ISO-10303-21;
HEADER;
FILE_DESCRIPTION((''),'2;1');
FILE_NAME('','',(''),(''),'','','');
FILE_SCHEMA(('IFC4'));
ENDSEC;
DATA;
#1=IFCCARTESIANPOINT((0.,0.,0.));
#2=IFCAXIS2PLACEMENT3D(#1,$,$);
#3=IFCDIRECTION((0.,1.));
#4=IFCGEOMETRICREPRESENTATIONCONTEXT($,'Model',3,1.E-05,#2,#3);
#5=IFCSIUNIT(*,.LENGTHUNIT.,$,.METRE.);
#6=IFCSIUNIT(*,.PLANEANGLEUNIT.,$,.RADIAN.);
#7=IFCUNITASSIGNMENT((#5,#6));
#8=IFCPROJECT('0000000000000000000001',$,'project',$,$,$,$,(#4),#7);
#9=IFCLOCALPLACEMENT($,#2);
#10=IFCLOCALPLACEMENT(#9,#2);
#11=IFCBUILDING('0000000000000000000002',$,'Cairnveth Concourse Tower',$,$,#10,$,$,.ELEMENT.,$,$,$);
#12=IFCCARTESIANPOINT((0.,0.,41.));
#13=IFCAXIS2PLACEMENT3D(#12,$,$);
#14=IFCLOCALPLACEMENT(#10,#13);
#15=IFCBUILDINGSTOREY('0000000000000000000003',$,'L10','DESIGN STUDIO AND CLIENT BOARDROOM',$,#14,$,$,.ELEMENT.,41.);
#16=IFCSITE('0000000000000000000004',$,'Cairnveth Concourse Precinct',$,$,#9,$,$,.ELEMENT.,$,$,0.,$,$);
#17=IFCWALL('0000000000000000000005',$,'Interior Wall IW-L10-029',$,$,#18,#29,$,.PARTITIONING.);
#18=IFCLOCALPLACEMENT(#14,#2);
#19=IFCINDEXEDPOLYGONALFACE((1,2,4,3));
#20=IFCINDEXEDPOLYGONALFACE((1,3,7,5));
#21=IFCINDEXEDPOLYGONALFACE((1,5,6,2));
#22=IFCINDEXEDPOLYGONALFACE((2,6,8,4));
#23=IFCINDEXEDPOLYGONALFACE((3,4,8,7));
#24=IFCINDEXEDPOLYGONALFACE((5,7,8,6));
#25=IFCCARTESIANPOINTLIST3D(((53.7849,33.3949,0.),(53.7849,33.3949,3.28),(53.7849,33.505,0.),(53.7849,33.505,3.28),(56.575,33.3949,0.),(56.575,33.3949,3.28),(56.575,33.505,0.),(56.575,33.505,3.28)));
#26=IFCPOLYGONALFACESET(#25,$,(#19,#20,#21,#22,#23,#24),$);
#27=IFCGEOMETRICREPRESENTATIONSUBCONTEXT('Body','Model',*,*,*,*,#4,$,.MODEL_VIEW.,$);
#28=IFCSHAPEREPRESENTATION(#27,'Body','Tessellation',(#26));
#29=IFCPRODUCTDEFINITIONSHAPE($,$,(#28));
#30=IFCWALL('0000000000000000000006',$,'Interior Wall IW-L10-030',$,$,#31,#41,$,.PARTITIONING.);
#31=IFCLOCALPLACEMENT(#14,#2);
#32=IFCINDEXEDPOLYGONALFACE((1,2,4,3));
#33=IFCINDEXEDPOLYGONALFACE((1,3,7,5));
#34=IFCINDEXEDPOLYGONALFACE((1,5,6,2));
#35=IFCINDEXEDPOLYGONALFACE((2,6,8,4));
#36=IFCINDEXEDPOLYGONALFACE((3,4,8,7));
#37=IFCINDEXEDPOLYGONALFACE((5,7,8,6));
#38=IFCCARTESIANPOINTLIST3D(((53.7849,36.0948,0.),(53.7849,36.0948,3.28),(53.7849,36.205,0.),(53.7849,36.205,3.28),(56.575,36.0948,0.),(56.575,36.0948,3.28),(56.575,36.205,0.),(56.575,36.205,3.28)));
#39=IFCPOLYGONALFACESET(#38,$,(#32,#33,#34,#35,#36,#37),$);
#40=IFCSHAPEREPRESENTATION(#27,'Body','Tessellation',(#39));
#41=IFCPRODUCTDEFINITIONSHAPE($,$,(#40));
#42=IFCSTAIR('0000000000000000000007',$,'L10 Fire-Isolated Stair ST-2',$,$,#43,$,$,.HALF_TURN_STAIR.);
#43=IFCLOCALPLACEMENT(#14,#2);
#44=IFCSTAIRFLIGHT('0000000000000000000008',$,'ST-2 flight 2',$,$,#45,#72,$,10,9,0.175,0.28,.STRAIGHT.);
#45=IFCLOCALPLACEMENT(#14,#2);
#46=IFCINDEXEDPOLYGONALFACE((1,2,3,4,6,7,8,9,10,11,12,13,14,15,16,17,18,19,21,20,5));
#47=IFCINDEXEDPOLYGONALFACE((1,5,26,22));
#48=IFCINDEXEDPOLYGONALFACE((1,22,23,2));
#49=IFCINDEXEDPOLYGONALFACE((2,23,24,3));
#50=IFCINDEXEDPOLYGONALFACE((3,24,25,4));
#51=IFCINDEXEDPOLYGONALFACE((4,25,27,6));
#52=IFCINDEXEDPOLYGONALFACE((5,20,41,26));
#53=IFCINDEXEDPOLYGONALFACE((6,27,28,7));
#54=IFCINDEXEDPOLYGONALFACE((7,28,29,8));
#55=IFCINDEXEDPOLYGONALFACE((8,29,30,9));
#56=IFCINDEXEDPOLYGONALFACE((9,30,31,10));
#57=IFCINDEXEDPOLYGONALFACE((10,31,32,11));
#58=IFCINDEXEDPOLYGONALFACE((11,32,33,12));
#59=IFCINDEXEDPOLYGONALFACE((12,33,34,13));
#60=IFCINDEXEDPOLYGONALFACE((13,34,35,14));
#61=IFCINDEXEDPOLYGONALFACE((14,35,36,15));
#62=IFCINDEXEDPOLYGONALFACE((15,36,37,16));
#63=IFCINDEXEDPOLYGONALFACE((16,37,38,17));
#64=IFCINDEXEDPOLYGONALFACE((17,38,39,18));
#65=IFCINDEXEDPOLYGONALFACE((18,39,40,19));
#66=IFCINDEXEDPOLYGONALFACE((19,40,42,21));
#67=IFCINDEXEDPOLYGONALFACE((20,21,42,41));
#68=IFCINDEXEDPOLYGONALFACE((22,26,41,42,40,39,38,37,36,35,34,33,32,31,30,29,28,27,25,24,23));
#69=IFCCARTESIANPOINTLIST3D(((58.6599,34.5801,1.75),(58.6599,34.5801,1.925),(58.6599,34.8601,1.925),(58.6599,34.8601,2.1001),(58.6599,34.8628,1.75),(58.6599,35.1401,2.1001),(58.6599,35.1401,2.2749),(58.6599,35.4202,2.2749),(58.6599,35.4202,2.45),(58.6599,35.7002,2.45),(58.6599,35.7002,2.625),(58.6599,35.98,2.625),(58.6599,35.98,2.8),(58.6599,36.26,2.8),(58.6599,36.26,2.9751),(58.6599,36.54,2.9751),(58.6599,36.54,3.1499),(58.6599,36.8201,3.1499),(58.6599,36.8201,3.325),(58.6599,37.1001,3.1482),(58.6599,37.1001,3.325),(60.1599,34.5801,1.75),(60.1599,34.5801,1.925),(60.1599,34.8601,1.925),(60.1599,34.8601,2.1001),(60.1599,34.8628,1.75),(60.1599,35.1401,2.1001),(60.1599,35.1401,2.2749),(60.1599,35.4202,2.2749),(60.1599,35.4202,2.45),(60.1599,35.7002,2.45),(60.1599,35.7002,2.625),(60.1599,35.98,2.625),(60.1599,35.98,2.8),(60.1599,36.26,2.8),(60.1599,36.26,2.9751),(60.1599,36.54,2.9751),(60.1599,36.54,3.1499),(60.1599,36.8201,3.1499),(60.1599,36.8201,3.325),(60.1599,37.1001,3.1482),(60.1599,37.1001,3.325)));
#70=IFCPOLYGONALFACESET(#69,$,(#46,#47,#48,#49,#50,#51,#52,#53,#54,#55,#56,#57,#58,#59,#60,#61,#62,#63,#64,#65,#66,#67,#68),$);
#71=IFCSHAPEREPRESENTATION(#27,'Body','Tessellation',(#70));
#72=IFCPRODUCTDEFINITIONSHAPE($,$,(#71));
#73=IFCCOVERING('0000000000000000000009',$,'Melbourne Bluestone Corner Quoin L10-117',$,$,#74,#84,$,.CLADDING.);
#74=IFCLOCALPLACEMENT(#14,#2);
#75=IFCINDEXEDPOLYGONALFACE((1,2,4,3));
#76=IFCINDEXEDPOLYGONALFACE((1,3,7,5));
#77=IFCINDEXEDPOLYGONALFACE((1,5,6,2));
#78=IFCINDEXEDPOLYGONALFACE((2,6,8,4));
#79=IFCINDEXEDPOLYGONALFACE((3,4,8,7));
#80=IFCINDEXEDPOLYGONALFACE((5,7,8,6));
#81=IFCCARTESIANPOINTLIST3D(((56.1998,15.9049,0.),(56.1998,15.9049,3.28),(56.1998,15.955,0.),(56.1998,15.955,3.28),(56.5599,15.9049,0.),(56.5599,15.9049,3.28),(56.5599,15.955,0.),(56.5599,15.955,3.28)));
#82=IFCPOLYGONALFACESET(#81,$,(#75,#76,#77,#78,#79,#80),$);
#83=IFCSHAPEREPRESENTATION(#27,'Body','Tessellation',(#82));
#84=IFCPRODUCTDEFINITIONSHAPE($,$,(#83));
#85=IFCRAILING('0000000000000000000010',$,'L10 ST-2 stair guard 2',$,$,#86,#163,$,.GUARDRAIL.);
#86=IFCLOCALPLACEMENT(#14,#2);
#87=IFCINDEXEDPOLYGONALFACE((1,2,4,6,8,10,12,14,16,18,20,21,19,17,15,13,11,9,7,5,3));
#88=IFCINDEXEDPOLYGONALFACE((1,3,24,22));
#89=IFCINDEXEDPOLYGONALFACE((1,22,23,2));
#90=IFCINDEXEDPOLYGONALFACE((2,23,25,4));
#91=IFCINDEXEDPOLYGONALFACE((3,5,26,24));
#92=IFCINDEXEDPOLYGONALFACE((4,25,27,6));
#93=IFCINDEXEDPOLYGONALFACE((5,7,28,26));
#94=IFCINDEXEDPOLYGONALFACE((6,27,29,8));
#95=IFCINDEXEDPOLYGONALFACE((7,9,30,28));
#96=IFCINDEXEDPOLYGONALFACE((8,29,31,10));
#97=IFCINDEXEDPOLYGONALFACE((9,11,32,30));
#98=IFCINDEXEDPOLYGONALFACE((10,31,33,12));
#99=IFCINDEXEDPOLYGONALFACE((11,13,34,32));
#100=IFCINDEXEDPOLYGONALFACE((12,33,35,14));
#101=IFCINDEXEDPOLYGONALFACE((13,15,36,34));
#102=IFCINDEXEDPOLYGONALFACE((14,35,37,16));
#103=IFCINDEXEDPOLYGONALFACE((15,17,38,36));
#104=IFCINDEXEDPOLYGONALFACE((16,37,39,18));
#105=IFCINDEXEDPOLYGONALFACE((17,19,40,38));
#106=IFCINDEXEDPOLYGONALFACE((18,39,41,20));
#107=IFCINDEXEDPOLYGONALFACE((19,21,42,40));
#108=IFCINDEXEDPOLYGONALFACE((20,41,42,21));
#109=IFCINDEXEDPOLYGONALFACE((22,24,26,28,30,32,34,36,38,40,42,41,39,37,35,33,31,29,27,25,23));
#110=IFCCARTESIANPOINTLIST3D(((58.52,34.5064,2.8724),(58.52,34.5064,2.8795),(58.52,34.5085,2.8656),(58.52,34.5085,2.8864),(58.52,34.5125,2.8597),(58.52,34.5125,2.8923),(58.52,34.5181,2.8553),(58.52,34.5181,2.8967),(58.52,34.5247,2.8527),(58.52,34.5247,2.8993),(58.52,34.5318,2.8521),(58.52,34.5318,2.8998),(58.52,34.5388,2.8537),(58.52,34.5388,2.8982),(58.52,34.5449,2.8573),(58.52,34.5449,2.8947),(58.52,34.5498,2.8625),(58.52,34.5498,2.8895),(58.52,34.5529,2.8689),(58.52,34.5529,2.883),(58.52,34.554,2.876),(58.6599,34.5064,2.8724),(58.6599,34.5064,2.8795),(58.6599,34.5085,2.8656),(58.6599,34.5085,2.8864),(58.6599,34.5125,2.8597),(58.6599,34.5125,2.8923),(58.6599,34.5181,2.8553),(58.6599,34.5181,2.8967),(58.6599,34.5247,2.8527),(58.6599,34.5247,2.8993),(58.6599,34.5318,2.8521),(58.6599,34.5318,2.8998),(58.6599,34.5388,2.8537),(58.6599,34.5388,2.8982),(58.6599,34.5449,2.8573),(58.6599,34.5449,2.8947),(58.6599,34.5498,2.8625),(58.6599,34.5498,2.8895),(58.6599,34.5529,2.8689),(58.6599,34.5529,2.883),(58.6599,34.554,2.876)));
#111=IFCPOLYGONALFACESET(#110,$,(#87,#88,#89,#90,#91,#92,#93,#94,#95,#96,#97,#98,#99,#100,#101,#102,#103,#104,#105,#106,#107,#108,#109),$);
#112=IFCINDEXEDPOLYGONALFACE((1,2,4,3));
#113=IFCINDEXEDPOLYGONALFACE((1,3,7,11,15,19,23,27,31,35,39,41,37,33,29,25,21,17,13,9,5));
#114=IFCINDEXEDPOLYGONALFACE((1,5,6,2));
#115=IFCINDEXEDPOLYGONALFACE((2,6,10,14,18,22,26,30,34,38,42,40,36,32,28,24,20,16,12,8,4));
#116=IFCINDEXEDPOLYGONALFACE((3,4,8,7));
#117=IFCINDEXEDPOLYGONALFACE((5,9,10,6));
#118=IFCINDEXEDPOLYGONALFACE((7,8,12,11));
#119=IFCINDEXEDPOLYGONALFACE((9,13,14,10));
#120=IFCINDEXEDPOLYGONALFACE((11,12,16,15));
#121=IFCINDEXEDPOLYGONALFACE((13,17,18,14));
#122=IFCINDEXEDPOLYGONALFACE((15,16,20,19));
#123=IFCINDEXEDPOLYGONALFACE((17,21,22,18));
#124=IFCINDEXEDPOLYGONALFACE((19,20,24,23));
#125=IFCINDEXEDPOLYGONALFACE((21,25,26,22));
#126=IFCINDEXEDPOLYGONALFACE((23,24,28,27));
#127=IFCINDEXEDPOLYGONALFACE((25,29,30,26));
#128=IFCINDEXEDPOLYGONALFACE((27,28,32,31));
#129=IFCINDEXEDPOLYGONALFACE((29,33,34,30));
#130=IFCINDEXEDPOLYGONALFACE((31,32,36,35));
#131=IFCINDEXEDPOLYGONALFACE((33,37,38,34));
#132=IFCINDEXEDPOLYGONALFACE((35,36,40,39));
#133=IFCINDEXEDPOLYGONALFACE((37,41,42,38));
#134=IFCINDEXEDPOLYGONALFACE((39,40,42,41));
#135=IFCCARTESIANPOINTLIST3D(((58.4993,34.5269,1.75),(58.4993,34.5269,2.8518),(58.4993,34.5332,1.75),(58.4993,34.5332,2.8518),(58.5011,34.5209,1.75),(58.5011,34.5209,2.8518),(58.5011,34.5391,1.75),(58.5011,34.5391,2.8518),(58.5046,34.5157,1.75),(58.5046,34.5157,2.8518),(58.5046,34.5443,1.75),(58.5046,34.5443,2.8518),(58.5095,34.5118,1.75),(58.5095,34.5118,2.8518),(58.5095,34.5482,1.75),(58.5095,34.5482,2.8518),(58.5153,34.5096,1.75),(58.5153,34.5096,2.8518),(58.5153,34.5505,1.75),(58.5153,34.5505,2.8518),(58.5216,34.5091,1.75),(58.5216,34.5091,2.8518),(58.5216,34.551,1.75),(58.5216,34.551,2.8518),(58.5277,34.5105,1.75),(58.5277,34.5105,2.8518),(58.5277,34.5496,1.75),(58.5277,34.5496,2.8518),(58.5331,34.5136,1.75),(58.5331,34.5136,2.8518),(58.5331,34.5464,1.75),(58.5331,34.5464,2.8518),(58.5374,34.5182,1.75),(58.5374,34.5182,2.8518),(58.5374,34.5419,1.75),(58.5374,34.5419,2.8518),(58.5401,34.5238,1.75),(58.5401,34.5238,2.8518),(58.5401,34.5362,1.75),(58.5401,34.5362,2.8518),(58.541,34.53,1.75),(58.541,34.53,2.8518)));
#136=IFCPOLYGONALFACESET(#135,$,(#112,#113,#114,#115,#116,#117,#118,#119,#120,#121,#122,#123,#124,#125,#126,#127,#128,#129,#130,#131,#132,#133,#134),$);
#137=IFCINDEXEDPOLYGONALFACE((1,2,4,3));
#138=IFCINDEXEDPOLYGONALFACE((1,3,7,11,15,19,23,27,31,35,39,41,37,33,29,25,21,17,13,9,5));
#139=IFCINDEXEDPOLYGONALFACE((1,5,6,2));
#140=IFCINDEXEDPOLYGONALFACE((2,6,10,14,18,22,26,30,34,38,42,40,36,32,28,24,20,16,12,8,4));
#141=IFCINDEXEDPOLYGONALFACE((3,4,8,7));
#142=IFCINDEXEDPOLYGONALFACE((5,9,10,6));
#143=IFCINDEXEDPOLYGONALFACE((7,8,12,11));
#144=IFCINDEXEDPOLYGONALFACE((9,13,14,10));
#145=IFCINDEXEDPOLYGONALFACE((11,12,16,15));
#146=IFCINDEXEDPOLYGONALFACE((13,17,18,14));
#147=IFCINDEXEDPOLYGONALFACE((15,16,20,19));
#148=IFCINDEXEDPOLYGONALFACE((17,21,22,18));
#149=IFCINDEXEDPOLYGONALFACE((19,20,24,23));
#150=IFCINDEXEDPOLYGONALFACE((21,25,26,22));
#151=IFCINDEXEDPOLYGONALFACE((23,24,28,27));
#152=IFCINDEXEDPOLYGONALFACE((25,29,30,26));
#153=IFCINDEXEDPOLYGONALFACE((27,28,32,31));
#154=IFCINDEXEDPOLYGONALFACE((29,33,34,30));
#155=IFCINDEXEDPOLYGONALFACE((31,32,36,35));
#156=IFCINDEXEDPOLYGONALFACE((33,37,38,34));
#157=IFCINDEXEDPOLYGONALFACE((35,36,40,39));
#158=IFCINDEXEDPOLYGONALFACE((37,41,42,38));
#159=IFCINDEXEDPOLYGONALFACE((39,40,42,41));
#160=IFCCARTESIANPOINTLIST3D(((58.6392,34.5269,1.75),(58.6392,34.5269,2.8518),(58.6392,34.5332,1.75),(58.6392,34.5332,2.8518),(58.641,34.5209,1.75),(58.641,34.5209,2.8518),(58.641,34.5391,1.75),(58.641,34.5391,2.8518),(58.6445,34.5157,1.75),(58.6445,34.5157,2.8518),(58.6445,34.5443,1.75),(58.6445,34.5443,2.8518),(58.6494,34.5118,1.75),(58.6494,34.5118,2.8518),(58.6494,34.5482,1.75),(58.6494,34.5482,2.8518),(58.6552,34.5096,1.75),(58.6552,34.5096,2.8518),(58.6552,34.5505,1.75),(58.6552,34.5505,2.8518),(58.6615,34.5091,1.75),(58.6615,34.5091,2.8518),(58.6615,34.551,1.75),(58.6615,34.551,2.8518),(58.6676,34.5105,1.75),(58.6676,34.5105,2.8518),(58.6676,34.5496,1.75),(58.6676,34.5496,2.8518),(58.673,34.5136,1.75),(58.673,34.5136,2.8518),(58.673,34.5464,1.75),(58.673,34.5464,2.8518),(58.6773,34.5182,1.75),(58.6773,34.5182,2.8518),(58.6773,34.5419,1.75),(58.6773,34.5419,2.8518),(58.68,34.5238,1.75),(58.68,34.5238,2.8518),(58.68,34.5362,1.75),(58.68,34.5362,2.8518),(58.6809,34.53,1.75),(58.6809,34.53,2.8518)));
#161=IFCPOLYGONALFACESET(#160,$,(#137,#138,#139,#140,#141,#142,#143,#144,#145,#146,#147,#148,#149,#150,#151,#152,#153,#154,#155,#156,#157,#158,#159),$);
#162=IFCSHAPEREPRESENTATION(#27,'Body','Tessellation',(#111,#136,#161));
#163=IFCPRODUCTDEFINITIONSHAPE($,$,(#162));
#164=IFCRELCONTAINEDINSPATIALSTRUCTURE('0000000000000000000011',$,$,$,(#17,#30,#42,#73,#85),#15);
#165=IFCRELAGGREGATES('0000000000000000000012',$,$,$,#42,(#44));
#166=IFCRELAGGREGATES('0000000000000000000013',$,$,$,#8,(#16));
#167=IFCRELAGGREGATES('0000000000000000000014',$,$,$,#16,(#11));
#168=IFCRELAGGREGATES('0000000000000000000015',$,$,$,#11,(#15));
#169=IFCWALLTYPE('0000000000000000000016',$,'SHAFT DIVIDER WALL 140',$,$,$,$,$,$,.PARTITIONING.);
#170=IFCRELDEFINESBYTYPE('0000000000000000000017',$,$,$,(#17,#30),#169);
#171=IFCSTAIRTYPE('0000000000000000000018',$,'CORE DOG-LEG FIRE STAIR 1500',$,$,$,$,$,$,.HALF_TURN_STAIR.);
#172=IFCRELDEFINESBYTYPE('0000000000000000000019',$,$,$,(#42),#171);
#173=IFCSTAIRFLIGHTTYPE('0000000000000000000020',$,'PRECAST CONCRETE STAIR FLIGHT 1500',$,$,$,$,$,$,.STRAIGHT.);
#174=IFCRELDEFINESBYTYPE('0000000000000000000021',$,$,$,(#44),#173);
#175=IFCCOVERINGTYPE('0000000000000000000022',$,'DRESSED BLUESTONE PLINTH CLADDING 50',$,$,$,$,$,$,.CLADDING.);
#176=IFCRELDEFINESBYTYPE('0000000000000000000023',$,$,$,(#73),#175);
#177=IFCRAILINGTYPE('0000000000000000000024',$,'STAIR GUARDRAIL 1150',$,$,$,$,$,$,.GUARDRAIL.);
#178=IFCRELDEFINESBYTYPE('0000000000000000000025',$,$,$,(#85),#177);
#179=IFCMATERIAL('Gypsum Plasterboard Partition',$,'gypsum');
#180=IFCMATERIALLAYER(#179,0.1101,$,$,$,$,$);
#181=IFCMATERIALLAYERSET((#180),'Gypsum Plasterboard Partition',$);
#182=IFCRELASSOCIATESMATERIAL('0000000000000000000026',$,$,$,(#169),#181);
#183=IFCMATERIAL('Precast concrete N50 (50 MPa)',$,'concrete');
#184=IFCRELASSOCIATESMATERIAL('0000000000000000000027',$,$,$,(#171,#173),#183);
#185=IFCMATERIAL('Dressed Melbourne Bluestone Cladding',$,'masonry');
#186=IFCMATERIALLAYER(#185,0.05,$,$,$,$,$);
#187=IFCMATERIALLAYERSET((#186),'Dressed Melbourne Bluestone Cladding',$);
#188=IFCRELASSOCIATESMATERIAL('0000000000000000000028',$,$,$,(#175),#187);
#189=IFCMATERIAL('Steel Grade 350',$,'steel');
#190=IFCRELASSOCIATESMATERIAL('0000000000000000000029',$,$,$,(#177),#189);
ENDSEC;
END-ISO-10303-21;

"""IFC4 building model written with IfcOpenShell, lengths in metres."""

from ifc_helpers import new_model, si_unit, direction, frame, frame_2d, origin, origin_2d, place, context, subcontext, project, spatial, polyline, rectangle, circle, outline, extrude, material, layer, layer_set, type_object, element, aggregate, save


model = new_model("IFC4")

# Units and contexts
model_context = context("Model", 3, precision=1e-05, world=origin(), true_north=direction((0.0, 1.0)))
body_context = subcontext(model_context, "Body", "Model", "MODEL_VIEW")
ifc_project = project(units=[si_unit("LENGTHUNIT", "METRE"), si_unit("PLANEANGLEUNIT", "RADIAN")], contexts=[model_context])

# Site, building, storey
site_placement = place(None, origin())
site = spatial("IfcSite", under=ifc_project, at=site_placement, Name="Cairnveth Concourse Precinct", CompositionType="ELEMENT", RefElevation=0.0)
building_placement = place(site_placement, origin())
building = spatial("IfcBuilding", under=site, at=building_placement, Name="Cairnveth Concourse Tower", CompositionType="ELEMENT")
storey_placement = place(building_placement, frame((0.0, 0.0, 41.0)))
storey = spatial("IfcBuildingStorey", under=building, at=storey_placement, Name="L10", Description="DESIGN STUDIO AND CLIENT BOARDROOM", CompositionType="ELEMENT", Elevation=41.0)

# Shared definitions
ifc_material_1 = material(Name="Steel Grade 350", Category="steel")

# Walls
ifc_material_2 = material(Name="Gypsum Plasterboard Partition", Category="gypsum")
ifc_layer_1 = layer(ifc_material_2, 0.1101)
ifc_layer_set_1 = layer_set([ifc_layer_1], Name="Gypsum Plasterboard Partition")
wall_type_1 = type_object("IfcWallType", Name="SHAFT DIVIDER WALL 140", PredefinedType="PARTITIONING", material=ifc_layer_set_1)
for number, where, z_axis, x_axis, name in (
    (1, (53.7849, 33.45, 0.0), (0.0, 0.0, 1.0), (1.0, 0.0, 0.0), "Interior Wall IW-L10-029"),
    (2, (53.7849, 36.1499, 0.0), (0.0, 0.0, 1.0), (1.0, 0.0, 0.0), "Interior Wall IW-L10-030"),
):
    element("IfcWall", number, at=place(storey_placement, frame(where, z_axis=z_axis, x_axis=x_axis)), inside=storey, type_object=wall_type_1, Name=name, PredefinedType="PARTITIONING", context=body_context, shape_type="SweptSolid", body=[
        extrude(rectangle(XDim=2.79, YDim=0.1101, at=frame_2d((1.395, 0.0))), origin(), (0.0, 0.0, 1.0), 3.28),
    ])

# Stair, stair flight
ifc_material_3 = material(Name="Precast concrete N50 (50 MPa)", Category="concrete")
stair_type = type_object("IfcStairType", Name="CORE DOG-LEG FIRE STAIR 1500", PredefinedType="HALF_TURN_STAIR", material=ifc_material_3)
stair_placement = place(storey_placement, origin())
stair = element("IfcStair", 3, at=stair_placement, inside=storey, type_object=stair_type, Name="L10 Fire-Isolated Stair ST-2", PredefinedType="HALF_TURN_STAIR")
stair_flight_type = type_object("IfcStairFlightType", Name="PRECAST CONCRETE STAIR FLIGHT 1500", PredefinedType="STRAIGHT", material=ifc_material_3)
stair_flight_placement = place(storey_placement, frame((59.4099, 34.5801, 1.75), z_axis=(0.0, 0.0, 1.0), x_axis=(0.0, 1.0, 0.0)))
stair_flight = element("IfcStairFlight", 4, at=stair_flight_placement, type_object=stair_flight_type, Name="ST-2 flight 2", NumberOfRisers=10, NumberOfTreads=9, PredefinedType="STRAIGHT", RiserHeight=0.175, TreadLength=0.28, context=body_context, shape_type="SweptSolid", body=[
    extrude(outline(polyline([(0.0, 0.0), (0.0, 0.175), (0.28, 0.175), (0.28, 0.3501), (0.5601, 0.3501), (0.5601, 0.5249), (0.8401, 0.5249), (0.8401, 0.7), (1.1201, 0.7), (1.1201, 0.875), (1.3999, 0.875), (1.3999, 1.05), (1.6799, 1.05), (1.6799, 1.2251), (1.96, 1.2251), (1.96, 1.3999), (2.24, 1.3999), (2.24, 1.575), (2.52, 1.575), (2.52, 1.75), (2.52, 1.3982), (0.2827, 0.0), (0.0, 0.0)])), frame((0.0, 0.75, 0.0), z_axis=(0.0, -1.0, 0.0), x_axis=(1.0, 0.0, 0.0)), (0.0, 0.0, 1.0), 1.5),
])
aggregate(stair, [stair_flight])

# Covering
ifc_material_4 = material(Name="Dressed Melbourne Bluestone Cladding", Category="masonry")
ifc_layer_2 = layer(ifc_material_4, 0.05)
ifc_layer_set_2 = layer_set([ifc_layer_2], Name="Dressed Melbourne Bluestone Cladding")
covering_type = type_object("IfcCoveringType", Name="DRESSED BLUESTONE PLINTH CLADDING 50", PredefinedType="CLADDING", material=ifc_layer_set_2)
covering_placement = place(storey_placement, frame((56.5601, 15.9299, 0.0), z_axis=(0.0, 0.0, 1.0), x_axis=(-1.0, 0.0, 0.0)))
element("IfcCovering", 5, at=covering_placement, inside=storey, type_object=covering_type, Name="Melbourne Bluestone Corner Quoin L10-117", PredefinedType="CLADDING", context=body_context, shape_type="SweptSolid", body=[
    extrude(rectangle(XDim=0.3601, YDim=0.05, at=frame_2d((0.1802, 0.0))), origin(), (0.0, 0.0, 1.0), 3.28),
])

# Railing
railing_type_1 = type_object("IfcRailingType", Name="STAIR GUARDRAIL 1150", PredefinedType="GUARDRAIL", material=ifc_material_1)
railing_1_placement = place(storey_placement, frame((58.52, 34.53, 1.75)))
element("IfcRailing", 6, at=railing_1_placement, inside=storey, type_object=railing_type_1, Name="L10 ST-2 stair guard 2", PredefinedType="GUARDRAIL", context=body_context, shape_type="SweptSolid", body=[
    extrude(circle(Radius=0.0239, at=origin_2d()), frame((0.0, 0.0, 1.126), z_axis=(1.0, 0.0, 0.0), x_axis=(0.0, 1.0, 0.0)), (0.0, 0.0, 1.0), 0.1399),
    extrude(circle(Radius=0.021, at=origin_2d()), origin(), (0.0, 0.0, 1.0), 1.1018),
    extrude(circle(Radius=0.021, at=origin_2d()), frame((0.1399, 0.0, 0.0)), (0.0, 0.0, 1.0), 1.1018),
])

save(model, "model.ifc")
